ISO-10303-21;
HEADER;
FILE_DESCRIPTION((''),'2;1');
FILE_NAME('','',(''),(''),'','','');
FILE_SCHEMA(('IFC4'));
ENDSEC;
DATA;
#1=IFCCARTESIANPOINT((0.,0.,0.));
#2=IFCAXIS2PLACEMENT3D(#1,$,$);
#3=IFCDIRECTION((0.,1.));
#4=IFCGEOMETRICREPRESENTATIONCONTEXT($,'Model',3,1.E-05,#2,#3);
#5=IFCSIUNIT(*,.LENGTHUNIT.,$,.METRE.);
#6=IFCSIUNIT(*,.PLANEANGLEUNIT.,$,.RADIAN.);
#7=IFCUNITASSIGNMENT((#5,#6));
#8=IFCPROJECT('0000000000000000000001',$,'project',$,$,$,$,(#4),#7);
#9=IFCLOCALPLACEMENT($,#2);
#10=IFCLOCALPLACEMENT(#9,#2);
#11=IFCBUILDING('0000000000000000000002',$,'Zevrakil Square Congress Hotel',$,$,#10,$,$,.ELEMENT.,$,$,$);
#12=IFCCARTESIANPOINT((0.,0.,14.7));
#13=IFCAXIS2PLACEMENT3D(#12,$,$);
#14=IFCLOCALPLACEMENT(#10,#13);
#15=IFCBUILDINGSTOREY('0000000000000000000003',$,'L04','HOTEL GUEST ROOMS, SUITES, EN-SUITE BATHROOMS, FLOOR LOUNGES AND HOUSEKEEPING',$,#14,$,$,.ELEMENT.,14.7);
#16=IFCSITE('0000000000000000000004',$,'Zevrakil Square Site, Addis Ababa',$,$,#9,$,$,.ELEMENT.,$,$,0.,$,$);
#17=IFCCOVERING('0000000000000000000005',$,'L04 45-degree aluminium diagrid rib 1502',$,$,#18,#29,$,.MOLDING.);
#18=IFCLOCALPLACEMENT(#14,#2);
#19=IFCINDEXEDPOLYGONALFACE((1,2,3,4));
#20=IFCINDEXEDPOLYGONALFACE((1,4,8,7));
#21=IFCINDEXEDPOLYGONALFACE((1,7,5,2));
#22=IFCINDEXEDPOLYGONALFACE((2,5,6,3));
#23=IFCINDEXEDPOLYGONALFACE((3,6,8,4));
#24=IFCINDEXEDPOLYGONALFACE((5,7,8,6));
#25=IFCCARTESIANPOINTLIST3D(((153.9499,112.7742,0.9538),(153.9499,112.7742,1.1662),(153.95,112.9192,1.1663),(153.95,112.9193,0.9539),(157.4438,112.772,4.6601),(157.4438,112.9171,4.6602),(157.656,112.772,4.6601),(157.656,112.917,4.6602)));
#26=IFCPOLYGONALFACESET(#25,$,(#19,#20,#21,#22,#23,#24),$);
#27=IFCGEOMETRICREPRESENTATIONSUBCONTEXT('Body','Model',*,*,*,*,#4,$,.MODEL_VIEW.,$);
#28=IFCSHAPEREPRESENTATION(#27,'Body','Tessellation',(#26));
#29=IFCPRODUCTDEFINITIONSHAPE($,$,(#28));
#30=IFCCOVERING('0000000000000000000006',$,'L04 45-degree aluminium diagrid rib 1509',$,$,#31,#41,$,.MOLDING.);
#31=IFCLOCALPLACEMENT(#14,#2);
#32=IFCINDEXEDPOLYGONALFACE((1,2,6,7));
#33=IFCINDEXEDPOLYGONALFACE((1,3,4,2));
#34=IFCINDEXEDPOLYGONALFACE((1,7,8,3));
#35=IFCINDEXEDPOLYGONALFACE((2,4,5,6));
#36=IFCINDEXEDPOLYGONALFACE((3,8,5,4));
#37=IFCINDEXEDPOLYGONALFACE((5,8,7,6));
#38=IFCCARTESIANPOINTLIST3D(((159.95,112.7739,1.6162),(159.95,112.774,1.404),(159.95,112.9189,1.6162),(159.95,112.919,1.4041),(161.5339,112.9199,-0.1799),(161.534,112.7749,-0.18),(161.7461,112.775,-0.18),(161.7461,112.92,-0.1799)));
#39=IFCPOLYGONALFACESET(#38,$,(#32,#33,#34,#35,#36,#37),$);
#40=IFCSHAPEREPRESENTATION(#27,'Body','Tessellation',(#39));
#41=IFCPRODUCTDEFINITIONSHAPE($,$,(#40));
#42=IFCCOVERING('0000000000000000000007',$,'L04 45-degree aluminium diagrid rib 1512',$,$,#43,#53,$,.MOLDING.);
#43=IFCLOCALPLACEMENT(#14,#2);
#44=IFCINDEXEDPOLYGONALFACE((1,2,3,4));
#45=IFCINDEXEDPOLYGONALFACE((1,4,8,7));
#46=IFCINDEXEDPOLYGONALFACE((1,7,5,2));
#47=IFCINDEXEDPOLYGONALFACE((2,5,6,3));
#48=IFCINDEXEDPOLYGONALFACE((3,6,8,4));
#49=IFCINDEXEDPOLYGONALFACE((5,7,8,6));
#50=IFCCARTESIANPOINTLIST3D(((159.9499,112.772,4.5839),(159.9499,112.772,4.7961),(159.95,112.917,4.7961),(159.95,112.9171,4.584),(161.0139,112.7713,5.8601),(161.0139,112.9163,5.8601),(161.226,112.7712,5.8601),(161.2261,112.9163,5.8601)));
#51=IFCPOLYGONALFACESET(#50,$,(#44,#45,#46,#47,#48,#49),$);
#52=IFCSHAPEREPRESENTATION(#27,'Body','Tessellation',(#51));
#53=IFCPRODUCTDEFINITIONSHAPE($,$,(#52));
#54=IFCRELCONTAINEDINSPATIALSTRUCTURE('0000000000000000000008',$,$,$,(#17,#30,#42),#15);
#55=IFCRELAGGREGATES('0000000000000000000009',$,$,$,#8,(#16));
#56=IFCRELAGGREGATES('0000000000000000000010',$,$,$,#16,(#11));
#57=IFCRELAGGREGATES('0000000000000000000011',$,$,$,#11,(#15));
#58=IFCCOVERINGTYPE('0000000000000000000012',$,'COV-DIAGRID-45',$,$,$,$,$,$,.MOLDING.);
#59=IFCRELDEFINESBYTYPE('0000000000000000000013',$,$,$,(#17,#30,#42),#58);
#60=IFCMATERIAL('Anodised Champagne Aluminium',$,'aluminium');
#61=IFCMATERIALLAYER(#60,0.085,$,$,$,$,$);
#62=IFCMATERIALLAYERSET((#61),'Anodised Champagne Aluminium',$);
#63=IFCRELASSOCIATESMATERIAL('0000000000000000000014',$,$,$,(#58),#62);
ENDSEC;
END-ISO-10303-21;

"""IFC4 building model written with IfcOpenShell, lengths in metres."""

from ifc_helpers import new_model, si_unit, direction, frame, origin, place, context, subcontext, project, spatial, polyline, outline, extrude, material, layer, layer_set, type_object, element, save


model = new_model("IFC4")

# Units and contexts
model_context = context("Model", 3, precision=1e-05, world=origin(), true_north=direction((0.0, 1.0)))
body_context = subcontext(model_context, "Body", "Model", "MODEL_VIEW")
ifc_project = project(units=[si_unit("LENGTHUNIT", "METRE"), si_unit("PLANEANGLEUNIT", "RADIAN")], contexts=[model_context])

# Site, building, storey
site_placement = place(None, origin())
site = spatial("IfcSite", under=ifc_project, at=site_placement, Name="Zevrakil Square Site, Addis Ababa", CompositionType="ELEMENT", RefElevation=0.0)
building_placement = place(site_placement, origin())
building = spatial("IfcBuilding", under=site, at=building_placement, Name="Zevrakil Square Congress Hotel", CompositionType="ELEMENT")
storey_placement = place(building_placement, frame((0.0, 0.0, 14.7)))
storey = spatial("IfcBuildingStorey", under=building, at=storey_placement, Name="L04", Description="HOTEL GUEST ROOMS, SUITES, EN-SUITE BATHROOMS, FLOOR LOUNGES AND HOUSEKEEPING", CompositionType="ELEMENT", Elevation=14.7)

# Coverings
ifc_material_1 = material(Name="Anodised Champagne Aluminium", Category="aluminium")
ifc_layer_1 = layer(ifc_material_1, 0.085)
ifc_layer_set_1 = layer_set([ifc_layer_1], Name="Anodised Champagne Aluminium")
covering_type_1 = type_object("IfcCoveringType", Name="COV-DIAGRID-45", PredefinedType="MOLDING", material=ifc_layer_set_1)
covering_1_placement = place(storey_placement, frame((157.656, 112.917, 4.6602), z_axis=(0.000305, 1.0, 0.000305), x_axis=(-1.0, 0.000305, 0.0)))
element("IfcCovering", 1, at=covering_1_placement, inside=storey, type_object=covering_type_1, Name="L04 45-degree aluminium diagrid rib 1502", PredefinedType="MOLDING", context=body_context, shape_type="SweptSolid", body=[
    extrude(outline(polyline([(0.0, 0.0), (0.2122, 0.0), (3.7061, -3.4939), (3.7061, -3.7063), (0.0, 0.0)])), origin(), (0.0, 0.0, -1.0), 0.145),
])
covering_2_placement = place(storey_placement, frame((161.5339, 112.9199, -0.1799), z_axis=(-0.000289, 1.0, 0.000289), x_axis=(1.0, 0.000289, 0.0)))
element("IfcCovering", 2, at=covering_2_placement, inside=storey, type_object=covering_type_1, Name="L04 45-degree aluminium diagrid rib 1509", PredefinedType="MOLDING", context=body_context, shape_type="SweptSolid", body=[
    extrude(outline(polyline([(0.0, 0.0), (0.2122, 0.0), (-1.584, -1.7961), (-1.584, -1.584), (0.0, 0.0)])), origin(), (0.0, 0.0, -1.0), 0.145),
])
covering_3_placement = place(storey_placement, frame((161.2261, 112.9163, 5.8601), z_axis=(0.000313, 1.0, 0.000313), x_axis=(-1.0, 0.000313, 0.0)))
element("IfcCovering", 3, at=covering_3_placement, inside=storey, type_object=covering_type_1, Name="L04 45-degree aluminium diagrid rib 1512", PredefinedType="MOLDING", context=body_context, shape_type="SweptSolid", body=[
    extrude(outline(polyline([(0.0, 0.0), (0.2122, 0.0), (1.2761, -1.064), (1.2761, -1.2761), (0.0, 0.0)])), origin(), (0.0, 0.0, -1.0), 0.145),
])

save(model, "model.ifc")
